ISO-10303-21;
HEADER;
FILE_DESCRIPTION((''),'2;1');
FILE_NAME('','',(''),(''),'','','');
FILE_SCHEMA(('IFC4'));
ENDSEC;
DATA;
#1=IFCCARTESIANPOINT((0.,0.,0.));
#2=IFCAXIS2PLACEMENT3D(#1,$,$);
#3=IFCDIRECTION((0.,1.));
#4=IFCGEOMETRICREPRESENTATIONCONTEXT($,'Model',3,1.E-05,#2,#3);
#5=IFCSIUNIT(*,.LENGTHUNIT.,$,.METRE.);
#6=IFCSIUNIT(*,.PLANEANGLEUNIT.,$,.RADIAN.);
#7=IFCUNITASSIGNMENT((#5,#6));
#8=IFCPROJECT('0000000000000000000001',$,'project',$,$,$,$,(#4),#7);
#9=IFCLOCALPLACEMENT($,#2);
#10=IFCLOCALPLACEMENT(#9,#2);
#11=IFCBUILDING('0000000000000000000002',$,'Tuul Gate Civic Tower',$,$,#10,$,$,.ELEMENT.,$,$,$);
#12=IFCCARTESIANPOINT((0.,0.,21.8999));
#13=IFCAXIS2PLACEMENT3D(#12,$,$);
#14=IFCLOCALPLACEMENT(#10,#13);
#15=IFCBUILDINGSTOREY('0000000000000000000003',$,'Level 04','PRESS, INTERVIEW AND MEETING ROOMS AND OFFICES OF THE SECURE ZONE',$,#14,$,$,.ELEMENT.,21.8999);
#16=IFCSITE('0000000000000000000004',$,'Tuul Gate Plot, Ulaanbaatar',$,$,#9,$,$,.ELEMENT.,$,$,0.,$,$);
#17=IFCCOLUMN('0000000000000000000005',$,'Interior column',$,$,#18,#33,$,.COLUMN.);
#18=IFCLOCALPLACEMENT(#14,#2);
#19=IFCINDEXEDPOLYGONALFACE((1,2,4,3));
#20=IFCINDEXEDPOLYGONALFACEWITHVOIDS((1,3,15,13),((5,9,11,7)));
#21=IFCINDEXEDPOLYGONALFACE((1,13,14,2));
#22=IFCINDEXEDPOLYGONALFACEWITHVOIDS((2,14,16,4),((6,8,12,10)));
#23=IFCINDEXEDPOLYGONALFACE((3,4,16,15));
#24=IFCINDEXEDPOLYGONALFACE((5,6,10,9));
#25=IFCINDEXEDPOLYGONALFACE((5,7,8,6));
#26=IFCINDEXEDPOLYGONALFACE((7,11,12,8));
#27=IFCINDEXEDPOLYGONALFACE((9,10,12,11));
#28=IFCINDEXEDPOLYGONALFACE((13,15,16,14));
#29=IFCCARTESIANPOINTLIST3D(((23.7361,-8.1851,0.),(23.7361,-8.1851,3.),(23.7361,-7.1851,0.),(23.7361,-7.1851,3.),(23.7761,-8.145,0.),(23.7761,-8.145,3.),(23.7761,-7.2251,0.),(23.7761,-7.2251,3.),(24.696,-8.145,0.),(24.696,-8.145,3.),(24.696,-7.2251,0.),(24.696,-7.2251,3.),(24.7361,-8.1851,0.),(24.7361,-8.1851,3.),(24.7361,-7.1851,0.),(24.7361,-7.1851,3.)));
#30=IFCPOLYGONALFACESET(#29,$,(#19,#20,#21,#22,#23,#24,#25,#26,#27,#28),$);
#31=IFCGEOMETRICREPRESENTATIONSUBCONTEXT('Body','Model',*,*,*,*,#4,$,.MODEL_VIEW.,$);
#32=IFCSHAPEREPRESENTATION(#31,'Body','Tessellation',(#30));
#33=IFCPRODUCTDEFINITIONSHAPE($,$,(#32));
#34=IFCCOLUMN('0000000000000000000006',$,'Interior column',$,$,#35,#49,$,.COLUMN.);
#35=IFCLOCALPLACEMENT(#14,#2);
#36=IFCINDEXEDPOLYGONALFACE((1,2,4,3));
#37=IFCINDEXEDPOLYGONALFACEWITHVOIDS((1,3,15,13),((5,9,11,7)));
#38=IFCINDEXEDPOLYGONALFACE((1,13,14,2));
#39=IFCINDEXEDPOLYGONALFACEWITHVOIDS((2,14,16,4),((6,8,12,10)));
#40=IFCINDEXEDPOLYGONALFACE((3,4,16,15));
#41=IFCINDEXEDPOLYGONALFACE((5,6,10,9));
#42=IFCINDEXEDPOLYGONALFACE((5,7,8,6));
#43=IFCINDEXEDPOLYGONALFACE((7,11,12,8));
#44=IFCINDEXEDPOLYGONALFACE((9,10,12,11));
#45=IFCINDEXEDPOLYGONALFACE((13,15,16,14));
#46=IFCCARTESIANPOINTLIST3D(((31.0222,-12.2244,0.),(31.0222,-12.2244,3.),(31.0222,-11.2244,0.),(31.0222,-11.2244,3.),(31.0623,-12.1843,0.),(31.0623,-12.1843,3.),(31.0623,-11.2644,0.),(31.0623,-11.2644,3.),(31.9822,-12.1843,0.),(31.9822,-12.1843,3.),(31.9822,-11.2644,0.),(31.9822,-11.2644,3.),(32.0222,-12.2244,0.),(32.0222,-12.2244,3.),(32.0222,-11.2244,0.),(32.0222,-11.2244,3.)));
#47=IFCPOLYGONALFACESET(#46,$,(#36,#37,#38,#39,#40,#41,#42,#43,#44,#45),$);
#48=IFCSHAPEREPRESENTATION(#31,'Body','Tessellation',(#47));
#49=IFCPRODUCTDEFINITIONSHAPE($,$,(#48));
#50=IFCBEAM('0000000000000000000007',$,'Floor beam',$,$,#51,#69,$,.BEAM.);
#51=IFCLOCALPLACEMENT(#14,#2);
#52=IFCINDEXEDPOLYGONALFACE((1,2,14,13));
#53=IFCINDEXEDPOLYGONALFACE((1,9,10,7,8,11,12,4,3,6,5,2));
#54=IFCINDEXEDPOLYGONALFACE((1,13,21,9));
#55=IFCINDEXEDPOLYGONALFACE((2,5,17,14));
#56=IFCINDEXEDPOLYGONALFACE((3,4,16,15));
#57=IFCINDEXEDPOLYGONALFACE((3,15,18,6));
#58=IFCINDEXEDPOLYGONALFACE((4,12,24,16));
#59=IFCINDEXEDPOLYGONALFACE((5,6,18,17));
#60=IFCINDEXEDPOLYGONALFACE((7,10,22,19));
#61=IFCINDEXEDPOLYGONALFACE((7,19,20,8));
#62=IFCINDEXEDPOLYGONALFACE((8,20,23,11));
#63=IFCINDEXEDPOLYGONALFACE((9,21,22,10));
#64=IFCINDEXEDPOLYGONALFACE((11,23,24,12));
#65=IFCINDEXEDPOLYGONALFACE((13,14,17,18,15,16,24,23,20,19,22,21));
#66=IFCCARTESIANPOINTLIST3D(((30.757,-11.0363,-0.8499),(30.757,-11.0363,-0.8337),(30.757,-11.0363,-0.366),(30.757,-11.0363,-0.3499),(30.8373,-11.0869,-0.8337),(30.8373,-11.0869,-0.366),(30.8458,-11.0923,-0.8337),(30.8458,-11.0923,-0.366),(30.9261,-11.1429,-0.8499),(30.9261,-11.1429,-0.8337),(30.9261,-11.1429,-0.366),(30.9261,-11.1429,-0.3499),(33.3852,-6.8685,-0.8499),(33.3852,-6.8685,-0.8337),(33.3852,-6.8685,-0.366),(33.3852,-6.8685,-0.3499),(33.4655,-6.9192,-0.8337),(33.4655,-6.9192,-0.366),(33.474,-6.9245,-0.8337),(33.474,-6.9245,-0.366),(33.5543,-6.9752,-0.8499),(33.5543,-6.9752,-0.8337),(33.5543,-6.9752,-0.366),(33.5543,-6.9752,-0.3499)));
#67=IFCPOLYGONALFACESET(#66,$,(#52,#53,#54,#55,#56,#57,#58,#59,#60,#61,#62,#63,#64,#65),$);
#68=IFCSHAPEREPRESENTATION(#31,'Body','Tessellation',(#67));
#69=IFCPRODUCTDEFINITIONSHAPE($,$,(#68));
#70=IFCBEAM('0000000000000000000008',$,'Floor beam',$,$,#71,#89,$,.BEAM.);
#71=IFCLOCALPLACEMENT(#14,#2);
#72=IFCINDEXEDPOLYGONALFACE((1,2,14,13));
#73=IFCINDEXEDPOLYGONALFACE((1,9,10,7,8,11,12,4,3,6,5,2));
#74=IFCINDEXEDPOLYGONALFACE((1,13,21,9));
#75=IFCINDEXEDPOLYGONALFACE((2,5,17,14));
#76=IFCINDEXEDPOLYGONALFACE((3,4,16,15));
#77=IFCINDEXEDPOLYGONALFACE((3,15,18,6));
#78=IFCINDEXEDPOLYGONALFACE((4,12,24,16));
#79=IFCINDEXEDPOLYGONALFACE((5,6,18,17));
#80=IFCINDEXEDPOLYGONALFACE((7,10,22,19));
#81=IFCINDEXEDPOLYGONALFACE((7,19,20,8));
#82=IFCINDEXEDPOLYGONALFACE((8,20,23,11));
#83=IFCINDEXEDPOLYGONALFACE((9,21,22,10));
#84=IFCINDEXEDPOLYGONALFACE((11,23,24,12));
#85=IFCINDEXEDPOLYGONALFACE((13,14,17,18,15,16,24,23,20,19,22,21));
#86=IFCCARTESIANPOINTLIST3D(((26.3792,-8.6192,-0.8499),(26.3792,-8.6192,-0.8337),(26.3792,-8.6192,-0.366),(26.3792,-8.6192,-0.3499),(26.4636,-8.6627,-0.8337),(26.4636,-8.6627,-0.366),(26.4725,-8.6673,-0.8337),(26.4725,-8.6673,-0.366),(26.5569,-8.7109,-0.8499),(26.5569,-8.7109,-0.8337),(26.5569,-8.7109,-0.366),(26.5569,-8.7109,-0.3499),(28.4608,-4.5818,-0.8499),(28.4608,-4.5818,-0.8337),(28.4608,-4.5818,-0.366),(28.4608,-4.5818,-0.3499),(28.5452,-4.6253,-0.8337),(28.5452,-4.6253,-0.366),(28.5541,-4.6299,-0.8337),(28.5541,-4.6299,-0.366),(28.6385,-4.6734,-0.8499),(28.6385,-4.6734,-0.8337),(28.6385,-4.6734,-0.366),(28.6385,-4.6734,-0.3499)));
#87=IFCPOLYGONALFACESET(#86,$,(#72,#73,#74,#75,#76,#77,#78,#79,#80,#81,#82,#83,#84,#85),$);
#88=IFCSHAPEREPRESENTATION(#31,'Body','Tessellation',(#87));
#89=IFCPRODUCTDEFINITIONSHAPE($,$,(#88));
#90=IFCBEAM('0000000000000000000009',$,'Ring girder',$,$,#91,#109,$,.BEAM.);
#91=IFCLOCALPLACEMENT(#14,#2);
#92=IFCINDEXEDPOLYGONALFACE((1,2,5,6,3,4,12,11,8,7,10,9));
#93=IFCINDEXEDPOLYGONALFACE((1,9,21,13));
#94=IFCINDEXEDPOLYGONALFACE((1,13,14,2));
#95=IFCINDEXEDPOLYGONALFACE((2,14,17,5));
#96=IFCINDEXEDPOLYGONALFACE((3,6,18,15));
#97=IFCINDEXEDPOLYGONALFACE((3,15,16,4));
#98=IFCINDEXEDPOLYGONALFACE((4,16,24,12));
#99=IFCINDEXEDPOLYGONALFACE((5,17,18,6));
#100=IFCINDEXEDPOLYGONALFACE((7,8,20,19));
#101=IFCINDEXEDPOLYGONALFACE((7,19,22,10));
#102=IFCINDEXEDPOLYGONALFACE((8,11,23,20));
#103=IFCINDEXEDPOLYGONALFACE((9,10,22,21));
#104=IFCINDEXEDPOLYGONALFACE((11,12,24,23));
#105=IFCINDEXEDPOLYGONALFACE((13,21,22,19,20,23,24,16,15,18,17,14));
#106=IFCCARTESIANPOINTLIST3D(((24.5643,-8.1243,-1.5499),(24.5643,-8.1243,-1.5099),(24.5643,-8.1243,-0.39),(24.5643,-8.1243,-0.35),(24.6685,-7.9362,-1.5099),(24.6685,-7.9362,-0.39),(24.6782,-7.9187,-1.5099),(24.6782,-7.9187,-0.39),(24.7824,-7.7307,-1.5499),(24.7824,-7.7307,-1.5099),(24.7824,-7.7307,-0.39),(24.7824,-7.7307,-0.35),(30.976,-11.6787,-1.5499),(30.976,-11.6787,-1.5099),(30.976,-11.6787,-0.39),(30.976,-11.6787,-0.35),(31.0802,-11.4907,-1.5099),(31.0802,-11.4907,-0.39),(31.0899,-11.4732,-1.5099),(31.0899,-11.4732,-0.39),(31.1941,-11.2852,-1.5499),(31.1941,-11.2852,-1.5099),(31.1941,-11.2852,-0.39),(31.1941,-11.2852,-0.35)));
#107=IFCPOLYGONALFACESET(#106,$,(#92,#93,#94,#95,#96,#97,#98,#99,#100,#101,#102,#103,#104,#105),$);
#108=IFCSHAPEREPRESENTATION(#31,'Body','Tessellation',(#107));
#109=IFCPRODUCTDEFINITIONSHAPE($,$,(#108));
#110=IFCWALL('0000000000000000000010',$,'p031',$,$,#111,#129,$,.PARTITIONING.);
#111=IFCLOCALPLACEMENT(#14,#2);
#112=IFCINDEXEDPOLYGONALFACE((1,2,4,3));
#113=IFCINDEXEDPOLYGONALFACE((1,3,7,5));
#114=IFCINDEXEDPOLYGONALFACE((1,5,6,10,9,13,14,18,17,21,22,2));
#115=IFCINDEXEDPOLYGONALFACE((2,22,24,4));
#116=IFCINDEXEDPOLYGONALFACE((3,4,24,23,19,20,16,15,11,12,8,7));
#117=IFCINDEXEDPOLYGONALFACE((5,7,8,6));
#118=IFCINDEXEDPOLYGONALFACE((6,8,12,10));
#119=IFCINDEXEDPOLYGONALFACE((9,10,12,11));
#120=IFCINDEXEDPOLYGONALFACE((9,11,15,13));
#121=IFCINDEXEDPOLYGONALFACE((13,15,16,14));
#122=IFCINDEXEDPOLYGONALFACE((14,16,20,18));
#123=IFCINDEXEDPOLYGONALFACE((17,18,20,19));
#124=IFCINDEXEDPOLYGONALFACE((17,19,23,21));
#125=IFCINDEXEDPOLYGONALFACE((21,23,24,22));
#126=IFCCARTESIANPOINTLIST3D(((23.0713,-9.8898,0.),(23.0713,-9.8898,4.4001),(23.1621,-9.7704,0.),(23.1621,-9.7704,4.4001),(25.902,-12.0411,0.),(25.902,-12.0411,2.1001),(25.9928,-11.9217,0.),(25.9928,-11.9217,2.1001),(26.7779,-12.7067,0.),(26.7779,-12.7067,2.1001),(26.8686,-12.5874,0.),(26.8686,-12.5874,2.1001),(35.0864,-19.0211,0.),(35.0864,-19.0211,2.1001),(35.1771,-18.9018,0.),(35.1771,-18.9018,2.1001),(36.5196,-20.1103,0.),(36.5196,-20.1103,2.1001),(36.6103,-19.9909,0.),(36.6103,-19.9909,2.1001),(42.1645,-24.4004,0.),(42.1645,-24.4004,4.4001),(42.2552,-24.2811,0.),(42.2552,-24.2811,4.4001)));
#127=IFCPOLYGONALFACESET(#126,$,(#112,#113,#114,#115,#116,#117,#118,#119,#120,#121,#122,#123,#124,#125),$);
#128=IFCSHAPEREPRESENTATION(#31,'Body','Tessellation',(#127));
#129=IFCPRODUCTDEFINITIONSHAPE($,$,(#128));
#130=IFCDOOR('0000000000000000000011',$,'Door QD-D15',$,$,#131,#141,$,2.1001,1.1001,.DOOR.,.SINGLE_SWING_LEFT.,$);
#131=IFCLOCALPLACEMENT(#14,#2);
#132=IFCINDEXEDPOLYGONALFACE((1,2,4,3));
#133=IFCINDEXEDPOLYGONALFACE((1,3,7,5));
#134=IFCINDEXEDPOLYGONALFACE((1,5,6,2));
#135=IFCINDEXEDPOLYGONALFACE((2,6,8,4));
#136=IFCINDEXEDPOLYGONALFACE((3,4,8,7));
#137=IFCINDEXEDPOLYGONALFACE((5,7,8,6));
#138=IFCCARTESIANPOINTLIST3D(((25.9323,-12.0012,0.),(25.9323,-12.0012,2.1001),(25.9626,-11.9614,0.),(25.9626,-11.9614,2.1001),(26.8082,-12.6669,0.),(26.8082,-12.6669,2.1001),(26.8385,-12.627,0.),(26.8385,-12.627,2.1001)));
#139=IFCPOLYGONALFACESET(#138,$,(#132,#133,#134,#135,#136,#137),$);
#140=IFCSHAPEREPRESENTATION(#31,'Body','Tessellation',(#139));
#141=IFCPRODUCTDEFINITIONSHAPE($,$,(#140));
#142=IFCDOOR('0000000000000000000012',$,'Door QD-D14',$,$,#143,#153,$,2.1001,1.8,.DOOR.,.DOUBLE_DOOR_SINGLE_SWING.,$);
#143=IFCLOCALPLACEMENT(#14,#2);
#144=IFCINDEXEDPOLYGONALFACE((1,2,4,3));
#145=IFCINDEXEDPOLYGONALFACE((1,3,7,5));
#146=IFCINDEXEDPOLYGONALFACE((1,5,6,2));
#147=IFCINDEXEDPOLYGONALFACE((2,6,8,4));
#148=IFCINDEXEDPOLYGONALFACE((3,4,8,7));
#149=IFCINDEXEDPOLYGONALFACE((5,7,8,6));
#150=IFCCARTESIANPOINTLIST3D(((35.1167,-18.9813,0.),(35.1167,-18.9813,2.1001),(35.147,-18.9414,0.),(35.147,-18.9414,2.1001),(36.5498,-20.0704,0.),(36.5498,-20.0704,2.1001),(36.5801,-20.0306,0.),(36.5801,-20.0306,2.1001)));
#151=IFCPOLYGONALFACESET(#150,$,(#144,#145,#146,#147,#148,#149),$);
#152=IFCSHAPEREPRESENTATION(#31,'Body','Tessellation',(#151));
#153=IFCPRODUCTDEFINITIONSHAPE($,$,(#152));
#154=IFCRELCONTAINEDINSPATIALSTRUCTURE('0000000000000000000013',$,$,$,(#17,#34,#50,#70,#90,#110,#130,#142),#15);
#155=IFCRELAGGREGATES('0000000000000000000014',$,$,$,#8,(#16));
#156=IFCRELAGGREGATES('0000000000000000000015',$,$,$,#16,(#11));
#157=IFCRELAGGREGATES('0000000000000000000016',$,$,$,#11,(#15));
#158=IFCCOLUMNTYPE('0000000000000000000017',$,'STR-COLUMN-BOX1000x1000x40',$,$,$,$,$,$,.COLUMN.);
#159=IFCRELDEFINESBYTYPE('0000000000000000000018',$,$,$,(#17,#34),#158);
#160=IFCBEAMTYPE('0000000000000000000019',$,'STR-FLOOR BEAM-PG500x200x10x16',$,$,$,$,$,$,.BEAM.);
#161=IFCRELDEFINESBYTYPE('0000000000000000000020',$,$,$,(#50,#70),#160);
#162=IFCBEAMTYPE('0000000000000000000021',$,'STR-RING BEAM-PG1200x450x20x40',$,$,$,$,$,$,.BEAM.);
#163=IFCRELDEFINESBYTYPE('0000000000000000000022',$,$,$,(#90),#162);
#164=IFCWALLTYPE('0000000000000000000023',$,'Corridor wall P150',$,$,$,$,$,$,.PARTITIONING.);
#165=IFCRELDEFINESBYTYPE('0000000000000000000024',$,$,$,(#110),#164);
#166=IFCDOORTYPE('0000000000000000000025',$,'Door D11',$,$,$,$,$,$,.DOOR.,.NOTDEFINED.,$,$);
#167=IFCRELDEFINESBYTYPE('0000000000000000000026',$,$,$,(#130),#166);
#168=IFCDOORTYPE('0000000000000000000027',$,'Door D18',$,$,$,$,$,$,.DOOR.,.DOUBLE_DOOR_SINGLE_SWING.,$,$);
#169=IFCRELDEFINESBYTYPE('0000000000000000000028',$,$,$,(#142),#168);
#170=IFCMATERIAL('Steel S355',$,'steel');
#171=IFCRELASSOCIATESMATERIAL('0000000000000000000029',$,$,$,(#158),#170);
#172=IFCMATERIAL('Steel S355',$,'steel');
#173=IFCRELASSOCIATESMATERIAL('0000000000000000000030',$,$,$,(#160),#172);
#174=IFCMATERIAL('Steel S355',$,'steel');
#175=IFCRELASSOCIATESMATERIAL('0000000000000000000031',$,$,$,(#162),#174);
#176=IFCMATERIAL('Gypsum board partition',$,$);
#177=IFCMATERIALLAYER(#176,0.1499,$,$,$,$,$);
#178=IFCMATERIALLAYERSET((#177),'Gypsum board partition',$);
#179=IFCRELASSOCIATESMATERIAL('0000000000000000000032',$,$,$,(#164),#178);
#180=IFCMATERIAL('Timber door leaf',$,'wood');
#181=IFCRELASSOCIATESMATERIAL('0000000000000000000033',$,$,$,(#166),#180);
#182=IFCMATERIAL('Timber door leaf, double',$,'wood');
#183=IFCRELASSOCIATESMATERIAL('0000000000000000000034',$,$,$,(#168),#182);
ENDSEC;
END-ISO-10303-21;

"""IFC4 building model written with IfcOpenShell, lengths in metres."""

from ifc_helpers import new_model, si_unit, direction, frame, frame_2d, origin, origin_2d, place, context, subcontext, project, spatial, rectangle, hollow_rectangle, i_section, extrude, material, layer, layer_set, material_profile, profile_set, type_object, element, fill, save


model = new_model("IFC4")

# Units and contexts
model_context = context("Model", 3, precision=1e-05, world=origin(), true_north=direction((0.0, 1.0)))
body_context = subcontext(model_context, "Body", "Model", "MODEL_VIEW")
ifc_project = project(units=[si_unit("LENGTHUNIT", "METRE"), si_unit("PLANEANGLEUNIT", "RADIAN")], contexts=[model_context])

# Site, building, storey
site_placement = place(None, origin())
site = spatial("IfcSite", under=ifc_project, at=site_placement, Name="Tuul Gate Plot, Ulaanbaatar", CompositionType="ELEMENT", RefElevation=0.0)
building_placement = place(site_placement, origin())
building = spatial("IfcBuilding", under=site, at=building_placement, Name="Tuul Gate Civic Tower", CompositionType="ELEMENT")
storey_placement = place(building_placement, frame((0.0, 0.0, 21.8999)))
storey = spatial("IfcBuildingStorey", under=building, at=storey_placement, Name="Level 04", Description="PRESS, INTERVIEW AND MEETING ROOMS AND OFFICES OF THE SECURE ZONE", CompositionType="ELEMENT", Elevation=21.8999)

# Columns
ifc_material_1 = material(Name="Steel S355", Category="steel")
ifc_material_profile_1 = material_profile(ifc_material_1, hollow_rectangle(XDim=1.0, YDim=1.0, WallThickness=0.04, at=origin_2d()), Name="BOX1000x1000x40")
ifc_profile_set_1 = profile_set([ifc_material_profile_1], Name="Steel S355")
column_type = type_object("IfcColumnType", Name="STR-COLUMN-BOX1000x1000x40", PredefinedType="COLUMN", material=ifc_profile_set_1)
for number, where, z_axis, x_axis, name in (
    (1, (24.2361, -7.6851, 0.0), (0.0, 0.0, 1.0), (1.0, 0.0, 0.0), "Interior column"),
    (2, (31.5222, -11.7244, 0.0), (0.0, 0.0, 1.0), (1.0, 0.0, 0.0), "Interior column"),
):
    element("IfcColumn", number, at=place(storey_placement, frame(where, z_axis=z_axis, x_axis=x_axis)), inside=storey, type_object=column_type, Name=name, PredefinedType="COLUMN", context=body_context, shape_type="SweptSolid", body=[
        extrude(hollow_rectangle(XDim=1.0, YDim=1.0, WallThickness=0.04, at=origin_2d()), origin(), (0.0, 0.0, 1.0), 3.0),
    ])

# Beams
ifc_material_2 = material(Name="Steel S355", Category="steel")
ifc_material_profile_2 = material_profile(ifc_material_2, i_section(OverallWidth=0.2, OverallDepth=0.5, WebThickness=0.01, FlangeThickness=0.0161, at=origin_2d()), Name="PG500x200x10x16")
ifc_profile_set_2 = profile_set([ifc_material_profile_2], Name="Steel S355")
beam_type_1 = type_object("IfcBeamType", Name="STR-FLOOR BEAM-PG500x200x10x16", PredefinedType="BEAM", material=ifc_profile_set_2)
beam_1_placement = place(storey_placement, frame((30.8416, -11.0896, -0.5999), z_axis=(0.533402, 0.845862, 0.0), x_axis=(-0.845862, 0.533402, 0.0)))
element("IfcBeam", 3, at=beam_1_placement, inside=storey, type_object=beam_type_1, Name="Floor beam", PredefinedType="BEAM", context=body_context, shape_type="SweptSolid", body=[
    extrude(i_section(OverallWidth=0.2, OverallDepth=0.5, WebThickness=0.01, FlangeThickness=0.0161, at=origin_2d()), origin(), (0.0, 0.0, 1.0), 4.9272),
])
beam_2_placement = place(storey_placement, frame((26.468, -8.665, -0.5999), z_axis=(0.458251, 0.888823, 0.0), x_axis=(-0.888823, 0.458251, 0.0)))
element("IfcBeam", 4, at=beam_2_placement, inside=storey, type_object=beam_type_1, Name="Floor beam", PredefinedType="BEAM", context=body_context, shape_type="SweptSolid", body=[
    extrude(i_section(OverallWidth=0.2, OverallDepth=0.5, WebThickness=0.01, FlangeThickness=0.0161, at=origin_2d()), origin(), (0.0, 0.0, 1.0), 4.5425),
])
ifc_material_3 = material(Name="Steel S355", Category="steel")
ifc_material_profile_3 = material_profile(ifc_material_3, i_section(OverallWidth=0.45, OverallDepth=1.2, WebThickness=0.02, FlangeThickness=0.04, at=origin_2d()), Name="PG1200x450x20x40")
ifc_profile_set_3 = profile_set([ifc_material_profile_3], Name="Steel S355")
beam_type_2 = type_object("IfcBeamType", Name="STR-RING BEAM-PG1200x450x20x40", PredefinedType="BEAM", material=ifc_profile_set_3)
beam_3_placement = place(storey_placement, frame((24.6733, -7.9275, -0.95), z_axis=(0.874595, -0.484854, 0.0), x_axis=(0.484854, 0.874595, 0.0)))
element("IfcBeam", 5, at=beam_3_placement, inside=storey, type_object=beam_type_2, Name="Ring girder", PredefinedType="BEAM", context=body_context, shape_type="SweptSolid", body=[
    extrude(i_section(OverallWidth=0.45, OverallDepth=1.2, WebThickness=0.02, FlangeThickness=0.04, at=origin_2d()), origin(), (0.0, 0.0, 1.0), 7.3311),
])

# Wall, openings, doors
ifc_material_4 = material(Name="Gypsum board partition")
ifc_layer_1 = layer(ifc_material_4, 0.1499)
ifc_layer_set_1 = layer_set([ifc_layer_1], Name="Gypsum board partition")
wall_type_1 = type_object("IfcWallType", Name="Corridor wall P150", PredefinedType="PARTITIONING", material=ifc_layer_set_1)
wall_1_placement = place(storey_placement, frame((23.1167, -9.8301, 0.0), z_axis=(0.0, 0.0, 1.0), x_axis=(0.796165, -0.60508, 0.0)))
wall_1 = element("IfcWall", 6, at=wall_1_placement, inside=storey, type_object=wall_type_1, Name="p031", PredefinedType="PARTITIONING", context=body_context, shape_type="SweptSolid", body=[
    extrude(rectangle(XDim=23.9814, YDim=0.1499, at=frame_2d((11.9907, 0.0))), origin(), (0.0, 0.0, 1.0), 4.4001),
])
opening_1_placement = place(wall_1_placement, frame((15.0913, 0.0, 0.0)))
opening_1 = element("IfcOpeningElement", 7, at=opening_1_placement, cuts=wall_1, PredefinedType="OPENING", context=body_context, shape_type="SweptSolid", body=[
    extrude(rectangle(XDim=1.8, YDim=2.1001, at=frame_2d((0.8999, 1.05))), frame((0.0, 0.085, 0.0), z_axis=(0.0, -1.0, 0.0), x_axis=(1.0, 0.0, 0.0)), (0.0, 0.0, 1.0), 0.1699),
])
opening_2_placement = place(wall_1_placement, frame((3.5554, 0.0, 0.0)))
opening_2 = element("IfcOpeningElement", 8, at=opening_2_placement, cuts=wall_1, PredefinedType="OPENING", context=body_context, shape_type="SweptSolid", body=[
    extrude(rectangle(XDim=1.1001, YDim=2.1001, at=frame_2d((0.55, 1.05))), frame((0.0, 0.085, 0.0), z_axis=(0.0, -1.0, 0.0), x_axis=(1.0, 0.0, 0.0)), (0.0, 0.0, 1.0), 0.1699),
])
ifc_material_5 = material(Name="Timber door leaf", Category="wood")
door_type_1 = type_object("IfcDoorType", Name="Door D11", OperationType="NOTDEFINED", PredefinedType="DOOR", material=ifc_material_5)
door_1_placement = place(opening_2_placement, frame((1.1001, 0.0, 0.0), z_axis=(0.0, 0.0, 1.0), x_axis=(-1.0, 0.0, 0.0)))
door_1 = element("IfcDoor", 9, at=door_1_placement, inside=storey, type_object=door_type_1, Name="Door QD-D15", OperationType="SINGLE_SWING_LEFT", OverallHeight=2.1001, OverallWidth=1.1001, PredefinedType="DOOR", context=body_context, shape_type="SweptSolid", body=[
    extrude(rectangle(XDim=1.1001, YDim=2.1001, at=frame_2d((0.55, 1.05))), frame((0.0, 0.0249, 0.0), z_axis=(0.0, -1.0, 0.0), x_axis=(1.0, 0.0, 0.0)), (0.0, 0.0, 1.0), 0.05),
])
fill(opening_2, door_1)
ifc_material_6 = material(Name="Timber door leaf, double", Category="wood")
door_type_2 = type_object("IfcDoorType", Name="Door D18", OperationType="DOUBLE_DOOR_SINGLE_SWING", PredefinedType="DOOR", material=ifc_material_6)
door_2_placement = place(opening_1_placement, frame((1.8, 0.0, 0.0), z_axis=(0.0, 0.0, 1.0), x_axis=(-1.0, 0.0, 0.0)))
door_2 = element("IfcDoor", 10, at=door_2_placement, inside=storey, type_object=door_type_2, Name="Door QD-D14", OperationType="DOUBLE_DOOR_SINGLE_SWING", OverallHeight=2.1001, OverallWidth=1.8, PredefinedType="DOOR", context=body_context, shape_type="SweptSolid", body=[
    extrude(rectangle(XDim=1.8, YDim=2.1001, at=frame_2d((0.9001, 1.05))), frame((0.0, 0.0249, 0.0), z_axis=(0.0, -1.0, 0.0), x_axis=(1.0, 0.0, 0.0)), (0.0, 0.0, 1.0), 0.05),
])
fill(opening_1, door_2)

save(model, "model.ifc")
